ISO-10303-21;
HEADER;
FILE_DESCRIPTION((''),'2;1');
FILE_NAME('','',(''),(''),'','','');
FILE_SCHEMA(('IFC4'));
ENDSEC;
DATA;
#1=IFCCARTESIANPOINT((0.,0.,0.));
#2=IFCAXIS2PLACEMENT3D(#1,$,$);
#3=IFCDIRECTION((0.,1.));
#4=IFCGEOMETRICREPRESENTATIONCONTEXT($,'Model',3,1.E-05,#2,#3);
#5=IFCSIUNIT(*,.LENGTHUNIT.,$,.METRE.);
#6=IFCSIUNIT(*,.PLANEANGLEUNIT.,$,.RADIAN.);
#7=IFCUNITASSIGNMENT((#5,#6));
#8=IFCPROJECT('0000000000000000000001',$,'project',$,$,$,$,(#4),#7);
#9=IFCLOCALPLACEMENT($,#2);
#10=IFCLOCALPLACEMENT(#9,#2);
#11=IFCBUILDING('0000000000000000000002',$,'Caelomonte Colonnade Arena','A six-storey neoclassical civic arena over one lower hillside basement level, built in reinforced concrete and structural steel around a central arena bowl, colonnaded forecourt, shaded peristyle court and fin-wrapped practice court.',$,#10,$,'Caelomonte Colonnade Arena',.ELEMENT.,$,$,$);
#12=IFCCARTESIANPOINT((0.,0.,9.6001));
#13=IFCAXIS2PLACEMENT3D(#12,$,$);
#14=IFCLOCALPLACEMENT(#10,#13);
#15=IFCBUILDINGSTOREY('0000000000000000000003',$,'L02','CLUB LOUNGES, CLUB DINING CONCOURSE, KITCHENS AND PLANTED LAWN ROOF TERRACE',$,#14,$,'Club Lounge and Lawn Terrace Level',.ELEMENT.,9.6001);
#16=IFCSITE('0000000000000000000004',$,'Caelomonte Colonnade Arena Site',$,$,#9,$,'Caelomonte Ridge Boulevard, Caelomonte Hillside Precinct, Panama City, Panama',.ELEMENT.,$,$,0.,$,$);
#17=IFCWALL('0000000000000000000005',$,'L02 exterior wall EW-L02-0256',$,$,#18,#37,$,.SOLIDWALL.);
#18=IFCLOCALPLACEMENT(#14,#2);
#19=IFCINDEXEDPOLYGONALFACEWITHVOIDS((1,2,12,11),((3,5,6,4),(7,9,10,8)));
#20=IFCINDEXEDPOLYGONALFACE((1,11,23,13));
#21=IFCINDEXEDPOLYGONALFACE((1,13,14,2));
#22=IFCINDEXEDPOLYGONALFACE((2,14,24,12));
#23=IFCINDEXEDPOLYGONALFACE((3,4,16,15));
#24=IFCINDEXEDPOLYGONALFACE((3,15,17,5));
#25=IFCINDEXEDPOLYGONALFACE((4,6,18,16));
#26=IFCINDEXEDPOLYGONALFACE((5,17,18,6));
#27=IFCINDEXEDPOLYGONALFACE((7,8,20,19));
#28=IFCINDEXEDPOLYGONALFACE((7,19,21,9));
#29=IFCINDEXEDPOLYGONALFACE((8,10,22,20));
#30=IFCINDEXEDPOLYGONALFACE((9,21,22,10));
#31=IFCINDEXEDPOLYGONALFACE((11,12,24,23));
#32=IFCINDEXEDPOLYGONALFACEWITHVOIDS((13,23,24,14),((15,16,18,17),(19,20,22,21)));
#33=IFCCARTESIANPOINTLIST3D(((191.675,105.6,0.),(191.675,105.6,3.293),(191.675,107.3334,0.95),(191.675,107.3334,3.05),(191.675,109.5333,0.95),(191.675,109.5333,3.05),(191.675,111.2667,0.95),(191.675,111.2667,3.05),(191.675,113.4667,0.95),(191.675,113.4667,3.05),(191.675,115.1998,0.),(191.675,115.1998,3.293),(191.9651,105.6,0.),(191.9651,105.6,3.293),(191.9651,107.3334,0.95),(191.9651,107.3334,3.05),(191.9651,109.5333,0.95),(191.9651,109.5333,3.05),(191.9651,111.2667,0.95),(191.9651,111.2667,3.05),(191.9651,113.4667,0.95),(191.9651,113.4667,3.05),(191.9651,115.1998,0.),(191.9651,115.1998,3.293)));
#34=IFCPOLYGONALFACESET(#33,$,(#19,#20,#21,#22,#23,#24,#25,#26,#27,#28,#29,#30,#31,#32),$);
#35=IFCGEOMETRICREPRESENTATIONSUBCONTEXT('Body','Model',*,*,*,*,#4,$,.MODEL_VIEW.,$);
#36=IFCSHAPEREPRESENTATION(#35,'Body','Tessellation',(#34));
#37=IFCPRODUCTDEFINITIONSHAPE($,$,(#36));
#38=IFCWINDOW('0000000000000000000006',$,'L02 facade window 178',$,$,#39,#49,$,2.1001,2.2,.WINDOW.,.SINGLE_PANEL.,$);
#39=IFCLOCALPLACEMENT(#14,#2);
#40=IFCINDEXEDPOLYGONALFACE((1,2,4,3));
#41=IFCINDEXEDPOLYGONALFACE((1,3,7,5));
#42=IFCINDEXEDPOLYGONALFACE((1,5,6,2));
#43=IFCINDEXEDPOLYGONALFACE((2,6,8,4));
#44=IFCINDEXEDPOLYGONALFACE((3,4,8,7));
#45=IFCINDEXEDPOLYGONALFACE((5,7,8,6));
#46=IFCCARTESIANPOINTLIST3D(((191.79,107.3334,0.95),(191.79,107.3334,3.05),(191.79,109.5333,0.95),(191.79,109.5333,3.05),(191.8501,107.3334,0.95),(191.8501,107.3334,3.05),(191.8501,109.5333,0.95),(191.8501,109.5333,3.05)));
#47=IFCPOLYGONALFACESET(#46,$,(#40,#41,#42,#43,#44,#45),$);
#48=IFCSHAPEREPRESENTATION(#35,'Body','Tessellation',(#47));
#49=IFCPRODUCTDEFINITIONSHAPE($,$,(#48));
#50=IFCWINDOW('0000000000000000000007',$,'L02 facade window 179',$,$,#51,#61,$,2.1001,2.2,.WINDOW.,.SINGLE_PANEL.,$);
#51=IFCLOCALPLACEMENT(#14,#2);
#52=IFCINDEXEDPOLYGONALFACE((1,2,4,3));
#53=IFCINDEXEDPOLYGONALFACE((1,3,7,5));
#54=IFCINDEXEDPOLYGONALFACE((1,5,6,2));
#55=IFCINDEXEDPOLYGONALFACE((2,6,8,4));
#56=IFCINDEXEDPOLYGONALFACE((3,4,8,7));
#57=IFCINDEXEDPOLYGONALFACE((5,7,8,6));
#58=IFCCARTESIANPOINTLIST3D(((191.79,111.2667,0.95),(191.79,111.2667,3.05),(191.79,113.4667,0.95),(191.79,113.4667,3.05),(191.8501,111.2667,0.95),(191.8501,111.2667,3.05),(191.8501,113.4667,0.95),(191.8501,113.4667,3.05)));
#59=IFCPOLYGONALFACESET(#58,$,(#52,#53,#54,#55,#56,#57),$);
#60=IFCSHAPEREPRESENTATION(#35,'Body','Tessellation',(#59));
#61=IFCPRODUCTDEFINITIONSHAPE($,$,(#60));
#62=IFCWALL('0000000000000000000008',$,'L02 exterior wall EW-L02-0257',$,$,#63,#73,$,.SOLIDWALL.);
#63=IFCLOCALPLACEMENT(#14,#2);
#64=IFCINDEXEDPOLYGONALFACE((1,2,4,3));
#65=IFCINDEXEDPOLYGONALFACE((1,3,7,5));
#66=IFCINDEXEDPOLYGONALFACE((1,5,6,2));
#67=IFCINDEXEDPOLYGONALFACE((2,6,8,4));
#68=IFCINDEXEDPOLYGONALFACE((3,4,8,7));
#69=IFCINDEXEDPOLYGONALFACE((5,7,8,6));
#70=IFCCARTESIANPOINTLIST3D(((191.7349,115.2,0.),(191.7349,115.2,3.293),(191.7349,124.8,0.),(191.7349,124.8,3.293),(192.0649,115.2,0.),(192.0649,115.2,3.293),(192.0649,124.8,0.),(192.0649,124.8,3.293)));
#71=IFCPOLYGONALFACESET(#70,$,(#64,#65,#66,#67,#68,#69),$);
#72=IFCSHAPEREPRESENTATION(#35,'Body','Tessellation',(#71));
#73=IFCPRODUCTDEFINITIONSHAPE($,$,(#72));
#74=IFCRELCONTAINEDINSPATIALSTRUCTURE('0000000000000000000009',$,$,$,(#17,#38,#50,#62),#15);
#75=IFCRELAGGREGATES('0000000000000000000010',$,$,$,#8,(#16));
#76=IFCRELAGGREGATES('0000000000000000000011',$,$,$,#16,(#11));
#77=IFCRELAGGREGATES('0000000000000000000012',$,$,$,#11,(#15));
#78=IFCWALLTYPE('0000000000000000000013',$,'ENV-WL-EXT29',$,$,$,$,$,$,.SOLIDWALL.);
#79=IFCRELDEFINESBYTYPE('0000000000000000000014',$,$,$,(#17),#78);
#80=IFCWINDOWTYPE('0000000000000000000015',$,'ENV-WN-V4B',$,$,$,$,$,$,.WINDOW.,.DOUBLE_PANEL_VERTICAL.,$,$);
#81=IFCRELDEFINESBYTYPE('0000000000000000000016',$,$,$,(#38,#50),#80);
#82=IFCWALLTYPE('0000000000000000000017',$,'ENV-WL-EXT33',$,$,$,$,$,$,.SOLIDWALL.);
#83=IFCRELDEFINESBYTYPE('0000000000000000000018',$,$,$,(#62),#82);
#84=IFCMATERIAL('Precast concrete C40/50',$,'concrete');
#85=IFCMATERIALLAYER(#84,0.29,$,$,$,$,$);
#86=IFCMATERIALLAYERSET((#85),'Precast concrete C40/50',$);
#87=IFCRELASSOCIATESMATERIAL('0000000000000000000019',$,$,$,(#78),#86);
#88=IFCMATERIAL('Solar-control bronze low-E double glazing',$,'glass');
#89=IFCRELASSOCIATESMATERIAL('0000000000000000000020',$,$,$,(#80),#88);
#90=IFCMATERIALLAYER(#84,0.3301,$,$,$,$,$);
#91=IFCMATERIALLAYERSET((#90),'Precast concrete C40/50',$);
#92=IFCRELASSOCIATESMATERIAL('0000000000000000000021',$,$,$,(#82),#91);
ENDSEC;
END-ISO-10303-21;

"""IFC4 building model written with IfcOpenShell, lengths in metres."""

from ifc_helpers import new_model, si_unit, direction, frame, frame_2d, origin, place, context, subcontext, project, spatial, rectangle, extrude, material, layer, layer_set, type_object, element, fill, save


model = new_model("IFC4")

# Units and contexts
model_context = context("Model", 3, precision=1e-05, world=origin(), true_north=direction((0.0, 1.0)))
body_context = subcontext(model_context, "Body", "Model", "MODEL_VIEW")
ifc_project = project(units=[si_unit("LENGTHUNIT", "METRE"), si_unit("PLANEANGLEUNIT", "RADIAN")], contexts=[model_context])

# Site, building, storey
site_placement = place(None, origin())
site = spatial("IfcSite", under=ifc_project, at=site_placement, Name="Caelomonte Colonnade Arena Site", LongName="Caelomonte Ridge Boulevard, Caelomonte Hillside Precinct, Panama City, Panama", CompositionType="ELEMENT", RefElevation=0.0)
building_placement = place(site_placement, origin())
building = spatial("IfcBuilding", under=site, at=building_placement, Name="Caelomonte Colonnade Arena", Description="A six-storey neoclassical civic arena over one lower hillside basement level, built in reinforced concrete and structural steel around a central arena bowl, colonnaded forecourt, shaded peristyle court and fin-wrapped practice court.", LongName="Caelomonte Colonnade Arena", CompositionType="ELEMENT")
storey_placement = place(building_placement, frame((0.0, 0.0, 9.6001)))
storey = spatial("IfcBuildingStorey", under=building, at=storey_placement, Name="L02", Description="CLUB LOUNGES, CLUB DINING CONCOURSE, KITCHENS AND PLANTED LAWN ROOF TERRACE", LongName="Club Lounge and Lawn Terrace Level", CompositionType="ELEMENT", Elevation=9.6001)

# Shared definitions
ifc_material_1 = material(Name="Solar-control bronze low-E double glazing", Category="glass")

# Wall, openings, windows
ifc_material_2 = material(Name="Precast concrete C40/50", Category="concrete")
ifc_layer_1 = layer(ifc_material_2, 0.29)
ifc_layer_set_1 = layer_set([ifc_layer_1], Name="Precast concrete C40/50")
wall_type_1 = type_object("IfcWallType", Name="ENV-WL-EXT29", PredefinedType="SOLIDWALL", material=ifc_layer_set_1)
window_type = type_object("IfcWindowType", Name="ENV-WN-V4B", PartitioningType="DOUBLE_PANEL_VERTICAL", PredefinedType="WINDOW", material=ifc_material_1)
wall_1_placement = place(storey_placement, frame((191.8201, 105.6001, 0.0), z_axis=(0.0, 0.0, 1.0), x_axis=(0.0, 1.0, 0.0)))
wall_1 = element("IfcWall", 1, at=wall_1_placement, inside=storey, type_object=wall_type_1, Name="L02 exterior wall EW-L02-0256", PredefinedType="SOLIDWALL", context=body_context, shape_type="SweptSolid", body=[
    extrude(rectangle(XDim=9.5999, YDim=0.29, at=frame_2d((4.7998, 0.0))), origin(), (0.0, 0.0, 1.0), 3.293),
])
opening_1_placement = place(wall_1_placement, frame((3.9333, 0.0, 0.95), z_axis=(0.0, 0.0, 1.0), x_axis=(-1.0, 0.0, 0.0)))
opening_1 = element("IfcOpeningElement", 2, at=opening_1_placement, cuts=wall_1, PredefinedType="OPENING", context=body_context, shape_type="SweptSolid", body=[
    extrude(rectangle(XDim=2.2, YDim=2.1001, at=frame_2d((1.1001, 1.05))), frame((0.0, 0.155, 0.0), z_axis=(0.0, -1.0, 0.0), x_axis=(1.0, 0.0, 0.0)), (0.0, 0.0, 1.0), 0.3101),
])
opening_2_placement = place(wall_1_placement, frame((7.8667, 0.0, 0.95), z_axis=(0.0, 0.0, 1.0), x_axis=(-1.0, 0.0, 0.0)))
opening_2 = element("IfcOpeningElement", 3, at=opening_2_placement, cuts=wall_1, PredefinedType="OPENING", context=body_context, shape_type="SweptSolid", body=[
    extrude(rectangle(XDim=2.2, YDim=2.1001, at=frame_2d((1.1001, 1.05))), frame((0.0, 0.155, 0.0), z_axis=(0.0, -1.0, 0.0), x_axis=(1.0, 0.0, 0.0)), (0.0, 0.0, 1.0), 0.3101),
])
window_1_placement = place(opening_1_placement, origin())
window_1 = element("IfcWindow", 4, at=window_1_placement, inside=storey, type_object=window_type, Name="L02 facade window 178", OverallHeight=2.1001, OverallWidth=2.2, PartitioningType="SINGLE_PANEL", PredefinedType="WINDOW", context=body_context, shape_type="SweptSolid", body=[
    extrude(rectangle(XDim=2.2, YDim=2.1001, at=frame_2d((1.1001, 1.05))), frame((0.0, 0.03, 0.0), z_axis=(0.0, -1.0, 0.0), x_axis=(1.0, 0.0, 0.0)), (0.0, 0.0, 1.0), 0.0601),
])
fill(opening_1, window_1)
window_2_placement = place(opening_2_placement, origin())
window_2 = element("IfcWindow", 5, at=window_2_placement, inside=storey, type_object=window_type, Name="L02 facade window 179", OverallHeight=2.1001, OverallWidth=2.2, PartitioningType="SINGLE_PANEL", PredefinedType="WINDOW", context=body_context, shape_type="SweptSolid", body=[
    extrude(rectangle(XDim=2.2, YDim=2.1001, at=frame_2d((1.1001, 1.05))), frame((0.0, 0.03, 0.0), z_axis=(0.0, -1.0, 0.0), x_axis=(1.0, 0.0, 0.0)), (0.0, 0.0, 1.0), 0.0601),
])
fill(opening_2, window_2)

# Wall
ifc_layer_2 = layer(ifc_material_2, 0.3301)
ifc_layer_set_2 = layer_set([ifc_layer_2], Name="Precast concrete C40/50")
wall_type_2 = type_object("IfcWallType", Name="ENV-WL-EXT33", PredefinedType="SOLIDWALL", material=ifc_layer_set_2)
wall_2_placement = place(storey_placement, frame((191.8999, 115.2, 0.0), z_axis=(0.0, 0.0, 1.0), x_axis=(0.0, 1.0, 0.0)))
element("IfcWall", 6, at=wall_2_placement, inside=storey, type_object=wall_type_2, Name="L02 exterior wall EW-L02-0257", PredefinedType="SOLIDWALL", context=body_context, shape_type="SweptSolid", body=[
    extrude(rectangle(XDim=9.6001, YDim=0.3301, at=frame_2d((4.8, 0.0))), origin(), (0.0, 0.0, 1.0), 3.293),
])

save(model, "model.ifc")
